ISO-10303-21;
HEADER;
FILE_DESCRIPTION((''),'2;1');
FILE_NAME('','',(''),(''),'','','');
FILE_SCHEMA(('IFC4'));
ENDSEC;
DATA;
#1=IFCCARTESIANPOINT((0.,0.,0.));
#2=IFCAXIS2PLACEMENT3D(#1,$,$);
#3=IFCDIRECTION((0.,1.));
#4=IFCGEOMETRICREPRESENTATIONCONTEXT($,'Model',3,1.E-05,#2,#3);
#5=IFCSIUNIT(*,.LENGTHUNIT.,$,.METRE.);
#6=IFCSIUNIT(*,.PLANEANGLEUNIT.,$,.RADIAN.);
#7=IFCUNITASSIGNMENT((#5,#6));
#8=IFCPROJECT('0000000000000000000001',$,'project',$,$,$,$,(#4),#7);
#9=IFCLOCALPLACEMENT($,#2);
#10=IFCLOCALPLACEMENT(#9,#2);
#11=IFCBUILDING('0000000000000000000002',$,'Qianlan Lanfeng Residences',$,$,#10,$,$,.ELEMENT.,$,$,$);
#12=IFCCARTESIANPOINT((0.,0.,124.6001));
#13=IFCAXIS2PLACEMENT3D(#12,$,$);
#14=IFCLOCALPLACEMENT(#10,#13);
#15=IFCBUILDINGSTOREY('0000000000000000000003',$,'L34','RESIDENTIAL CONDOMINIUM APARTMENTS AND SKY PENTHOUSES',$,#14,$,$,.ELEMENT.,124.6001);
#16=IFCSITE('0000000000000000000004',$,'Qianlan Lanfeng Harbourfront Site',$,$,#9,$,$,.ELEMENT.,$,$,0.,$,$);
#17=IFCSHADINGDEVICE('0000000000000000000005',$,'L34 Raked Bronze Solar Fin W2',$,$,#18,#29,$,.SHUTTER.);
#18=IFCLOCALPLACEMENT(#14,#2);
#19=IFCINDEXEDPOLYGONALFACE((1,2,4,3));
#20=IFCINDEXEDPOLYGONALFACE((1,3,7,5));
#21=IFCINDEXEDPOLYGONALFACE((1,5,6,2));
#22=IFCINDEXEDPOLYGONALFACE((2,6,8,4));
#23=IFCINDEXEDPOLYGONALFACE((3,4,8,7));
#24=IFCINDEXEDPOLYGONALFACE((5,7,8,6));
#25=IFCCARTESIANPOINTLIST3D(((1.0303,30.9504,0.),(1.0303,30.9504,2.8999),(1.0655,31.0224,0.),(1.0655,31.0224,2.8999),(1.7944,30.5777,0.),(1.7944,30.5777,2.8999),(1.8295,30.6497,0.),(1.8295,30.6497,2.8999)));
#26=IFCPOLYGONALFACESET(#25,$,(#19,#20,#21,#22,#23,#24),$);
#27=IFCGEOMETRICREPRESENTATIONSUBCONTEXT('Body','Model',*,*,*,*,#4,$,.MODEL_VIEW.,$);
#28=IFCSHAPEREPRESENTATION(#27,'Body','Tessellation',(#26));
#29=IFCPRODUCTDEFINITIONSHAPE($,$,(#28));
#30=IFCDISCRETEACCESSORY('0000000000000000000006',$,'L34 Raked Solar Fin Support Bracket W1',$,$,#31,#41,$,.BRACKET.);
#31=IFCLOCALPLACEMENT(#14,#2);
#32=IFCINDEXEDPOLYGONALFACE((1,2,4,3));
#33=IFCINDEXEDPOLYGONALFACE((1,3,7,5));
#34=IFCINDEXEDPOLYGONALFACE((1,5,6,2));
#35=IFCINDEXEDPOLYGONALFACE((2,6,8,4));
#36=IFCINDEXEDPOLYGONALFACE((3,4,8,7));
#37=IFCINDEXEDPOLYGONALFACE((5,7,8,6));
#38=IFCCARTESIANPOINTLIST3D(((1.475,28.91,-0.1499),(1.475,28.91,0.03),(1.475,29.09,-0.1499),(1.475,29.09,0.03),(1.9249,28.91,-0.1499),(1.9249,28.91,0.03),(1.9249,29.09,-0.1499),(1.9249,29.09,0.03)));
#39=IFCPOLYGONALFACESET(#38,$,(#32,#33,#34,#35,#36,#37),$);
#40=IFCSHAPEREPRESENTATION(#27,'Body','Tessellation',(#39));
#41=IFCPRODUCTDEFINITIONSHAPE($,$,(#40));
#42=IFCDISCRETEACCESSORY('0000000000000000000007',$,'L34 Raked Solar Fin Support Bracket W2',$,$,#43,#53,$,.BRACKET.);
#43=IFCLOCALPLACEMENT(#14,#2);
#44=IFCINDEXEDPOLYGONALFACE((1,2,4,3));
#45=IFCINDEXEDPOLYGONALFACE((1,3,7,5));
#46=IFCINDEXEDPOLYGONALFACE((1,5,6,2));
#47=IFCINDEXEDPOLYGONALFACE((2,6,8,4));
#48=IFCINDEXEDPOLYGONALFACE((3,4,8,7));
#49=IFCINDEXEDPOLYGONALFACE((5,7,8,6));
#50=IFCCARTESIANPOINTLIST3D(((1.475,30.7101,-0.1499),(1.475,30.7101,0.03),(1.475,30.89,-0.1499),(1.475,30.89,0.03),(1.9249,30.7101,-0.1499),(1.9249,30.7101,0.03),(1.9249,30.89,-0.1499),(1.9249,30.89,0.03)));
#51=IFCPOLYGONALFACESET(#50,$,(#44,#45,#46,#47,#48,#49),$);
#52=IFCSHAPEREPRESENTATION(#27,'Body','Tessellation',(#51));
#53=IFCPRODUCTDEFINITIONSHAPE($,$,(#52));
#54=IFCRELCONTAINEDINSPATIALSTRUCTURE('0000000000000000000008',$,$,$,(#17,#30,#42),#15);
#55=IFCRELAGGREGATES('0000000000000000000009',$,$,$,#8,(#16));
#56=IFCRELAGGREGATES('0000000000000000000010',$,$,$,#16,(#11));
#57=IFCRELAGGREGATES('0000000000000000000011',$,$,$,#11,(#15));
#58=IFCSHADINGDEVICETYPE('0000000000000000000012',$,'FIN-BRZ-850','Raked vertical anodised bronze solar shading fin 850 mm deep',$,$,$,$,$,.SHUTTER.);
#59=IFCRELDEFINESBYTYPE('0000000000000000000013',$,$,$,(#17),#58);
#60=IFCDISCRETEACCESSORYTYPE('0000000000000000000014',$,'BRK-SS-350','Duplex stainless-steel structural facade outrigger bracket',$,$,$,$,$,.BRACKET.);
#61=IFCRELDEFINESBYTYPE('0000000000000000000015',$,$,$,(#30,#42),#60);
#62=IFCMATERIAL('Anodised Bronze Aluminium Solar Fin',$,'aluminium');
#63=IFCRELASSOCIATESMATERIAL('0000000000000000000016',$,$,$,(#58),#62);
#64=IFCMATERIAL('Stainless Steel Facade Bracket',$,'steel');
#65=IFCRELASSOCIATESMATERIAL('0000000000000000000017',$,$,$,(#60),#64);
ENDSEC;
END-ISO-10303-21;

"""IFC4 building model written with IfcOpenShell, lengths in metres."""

from ifc_helpers import new_model, si_unit, direction, frame, origin, origin_2d, place, context, subcontext, project, spatial, rectangle, extrude, source, transform, mapped, material, type_object, element, save


model = new_model("IFC4")

# Units and contexts
model_context = context("Model", 3, precision=1e-05, world=origin(), true_north=direction((0.0, 1.0)))
body_context = subcontext(model_context, "Body", "Model", "MODEL_VIEW")
ifc_project = project(units=[si_unit("LENGTHUNIT", "METRE"), si_unit("PLANEANGLEUNIT", "RADIAN")], contexts=[model_context])

# Site, building, storey
site_placement = place(None, origin())
site = spatial("IfcSite", under=ifc_project, at=site_placement, Name="Qianlan Lanfeng Harbourfront Site", CompositionType="ELEMENT", RefElevation=0.0)
building_placement = place(site_placement, origin())
building = spatial("IfcBuilding", under=site, at=building_placement, Name="Qianlan Lanfeng Residences", CompositionType="ELEMENT")
storey_placement = place(building_placement, frame((0.0, 0.0, 124.6001)))
storey = spatial("IfcBuildingStorey", under=building, at=storey_placement, Name="L34", Description="RESIDENTIAL CONDOMINIUM APARTMENTS AND SKY PENTHOUSES", CompositionType="ELEMENT", Elevation=124.6001)

# Shading device
ifc_material_1 = material(Name="Anodised Bronze Aluminium Solar Fin", Category="aluminium")
shading_device_type = type_object("IfcShadingDeviceType", Name="FIN-BRZ-850", Description="Raked vertical anodised bronze solar shading fin 850 mm deep", PredefinedType="SHUTTER", material=ifc_material_1)
shared_shape_1 = source(origin(), body_context, "Body", "SweptSolid", [
    extrude(rectangle(XDim=0.8501, YDim=0.0801, at=origin_2d()), origin(), (0.0, 0.0, 1.0), 2.8999),
])
for number, where, z_axis, x_axis, name in (
    (1, (1.4299, 30.8, 0.0), (0.0, 0.0, 1.0), (0.898794, -0.438371, 0.0), "L34 Raked Bronze Solar Fin W2"),
):
    element("IfcShadingDevice", number, at=place(storey_placement, frame(where, z_axis=z_axis, x_axis=x_axis)), inside=storey, type_object=shading_device_type, Name=name, PredefinedType="SHUTTER", context=body_context, shape_type="MappedRepresentation", body=[
        mapped(shared_shape_1, transform((0.0, 0.0, 0.0), scale=1.0)),
    ])

# Discrete accessories
ifc_material_2 = material(Name="Stainless Steel Facade Bracket", Category="steel")
discrete_accessory_type = type_object("IfcDiscreteAccessoryType", Name="BRK-SS-350", Description="Duplex stainless-steel structural facade outrigger bracket", PredefinedType="BRACKET", material=ifc_material_2)
shared_shape_2 = source(origin(), body_context, "Body", "SweptSolid", [
    extrude(rectangle(XDim=0.45, YDim=0.1799, at=origin_2d()), origin(), (0.0, 0.0, 1.0), 0.1799),
])
for number, where, z_axis, x_axis, name in (
    (2, (1.7, 29.0, -0.1499), (0.0, 0.0, 1.0), (1.0, 0.0, 0.0), "L34 Raked Solar Fin Support Bracket W1"),
    (3, (1.7, 30.8, -0.1499), (0.0, 0.0, 1.0), (1.0, 0.0, 0.0), "L34 Raked Solar Fin Support Bracket W2"),
):
    element("IfcDiscreteAccessory", number, at=place(storey_placement, frame(where, z_axis=z_axis, x_axis=x_axis)), inside=storey, type_object=discrete_accessory_type, Name=name, PredefinedType="BRACKET", context=body_context, shape_type="MappedRepresentation", body=[
        mapped(shared_shape_2, transform((0.0, 0.0, 0.0), scale=1.0)),
    ])

save(model, "model.ifc")
